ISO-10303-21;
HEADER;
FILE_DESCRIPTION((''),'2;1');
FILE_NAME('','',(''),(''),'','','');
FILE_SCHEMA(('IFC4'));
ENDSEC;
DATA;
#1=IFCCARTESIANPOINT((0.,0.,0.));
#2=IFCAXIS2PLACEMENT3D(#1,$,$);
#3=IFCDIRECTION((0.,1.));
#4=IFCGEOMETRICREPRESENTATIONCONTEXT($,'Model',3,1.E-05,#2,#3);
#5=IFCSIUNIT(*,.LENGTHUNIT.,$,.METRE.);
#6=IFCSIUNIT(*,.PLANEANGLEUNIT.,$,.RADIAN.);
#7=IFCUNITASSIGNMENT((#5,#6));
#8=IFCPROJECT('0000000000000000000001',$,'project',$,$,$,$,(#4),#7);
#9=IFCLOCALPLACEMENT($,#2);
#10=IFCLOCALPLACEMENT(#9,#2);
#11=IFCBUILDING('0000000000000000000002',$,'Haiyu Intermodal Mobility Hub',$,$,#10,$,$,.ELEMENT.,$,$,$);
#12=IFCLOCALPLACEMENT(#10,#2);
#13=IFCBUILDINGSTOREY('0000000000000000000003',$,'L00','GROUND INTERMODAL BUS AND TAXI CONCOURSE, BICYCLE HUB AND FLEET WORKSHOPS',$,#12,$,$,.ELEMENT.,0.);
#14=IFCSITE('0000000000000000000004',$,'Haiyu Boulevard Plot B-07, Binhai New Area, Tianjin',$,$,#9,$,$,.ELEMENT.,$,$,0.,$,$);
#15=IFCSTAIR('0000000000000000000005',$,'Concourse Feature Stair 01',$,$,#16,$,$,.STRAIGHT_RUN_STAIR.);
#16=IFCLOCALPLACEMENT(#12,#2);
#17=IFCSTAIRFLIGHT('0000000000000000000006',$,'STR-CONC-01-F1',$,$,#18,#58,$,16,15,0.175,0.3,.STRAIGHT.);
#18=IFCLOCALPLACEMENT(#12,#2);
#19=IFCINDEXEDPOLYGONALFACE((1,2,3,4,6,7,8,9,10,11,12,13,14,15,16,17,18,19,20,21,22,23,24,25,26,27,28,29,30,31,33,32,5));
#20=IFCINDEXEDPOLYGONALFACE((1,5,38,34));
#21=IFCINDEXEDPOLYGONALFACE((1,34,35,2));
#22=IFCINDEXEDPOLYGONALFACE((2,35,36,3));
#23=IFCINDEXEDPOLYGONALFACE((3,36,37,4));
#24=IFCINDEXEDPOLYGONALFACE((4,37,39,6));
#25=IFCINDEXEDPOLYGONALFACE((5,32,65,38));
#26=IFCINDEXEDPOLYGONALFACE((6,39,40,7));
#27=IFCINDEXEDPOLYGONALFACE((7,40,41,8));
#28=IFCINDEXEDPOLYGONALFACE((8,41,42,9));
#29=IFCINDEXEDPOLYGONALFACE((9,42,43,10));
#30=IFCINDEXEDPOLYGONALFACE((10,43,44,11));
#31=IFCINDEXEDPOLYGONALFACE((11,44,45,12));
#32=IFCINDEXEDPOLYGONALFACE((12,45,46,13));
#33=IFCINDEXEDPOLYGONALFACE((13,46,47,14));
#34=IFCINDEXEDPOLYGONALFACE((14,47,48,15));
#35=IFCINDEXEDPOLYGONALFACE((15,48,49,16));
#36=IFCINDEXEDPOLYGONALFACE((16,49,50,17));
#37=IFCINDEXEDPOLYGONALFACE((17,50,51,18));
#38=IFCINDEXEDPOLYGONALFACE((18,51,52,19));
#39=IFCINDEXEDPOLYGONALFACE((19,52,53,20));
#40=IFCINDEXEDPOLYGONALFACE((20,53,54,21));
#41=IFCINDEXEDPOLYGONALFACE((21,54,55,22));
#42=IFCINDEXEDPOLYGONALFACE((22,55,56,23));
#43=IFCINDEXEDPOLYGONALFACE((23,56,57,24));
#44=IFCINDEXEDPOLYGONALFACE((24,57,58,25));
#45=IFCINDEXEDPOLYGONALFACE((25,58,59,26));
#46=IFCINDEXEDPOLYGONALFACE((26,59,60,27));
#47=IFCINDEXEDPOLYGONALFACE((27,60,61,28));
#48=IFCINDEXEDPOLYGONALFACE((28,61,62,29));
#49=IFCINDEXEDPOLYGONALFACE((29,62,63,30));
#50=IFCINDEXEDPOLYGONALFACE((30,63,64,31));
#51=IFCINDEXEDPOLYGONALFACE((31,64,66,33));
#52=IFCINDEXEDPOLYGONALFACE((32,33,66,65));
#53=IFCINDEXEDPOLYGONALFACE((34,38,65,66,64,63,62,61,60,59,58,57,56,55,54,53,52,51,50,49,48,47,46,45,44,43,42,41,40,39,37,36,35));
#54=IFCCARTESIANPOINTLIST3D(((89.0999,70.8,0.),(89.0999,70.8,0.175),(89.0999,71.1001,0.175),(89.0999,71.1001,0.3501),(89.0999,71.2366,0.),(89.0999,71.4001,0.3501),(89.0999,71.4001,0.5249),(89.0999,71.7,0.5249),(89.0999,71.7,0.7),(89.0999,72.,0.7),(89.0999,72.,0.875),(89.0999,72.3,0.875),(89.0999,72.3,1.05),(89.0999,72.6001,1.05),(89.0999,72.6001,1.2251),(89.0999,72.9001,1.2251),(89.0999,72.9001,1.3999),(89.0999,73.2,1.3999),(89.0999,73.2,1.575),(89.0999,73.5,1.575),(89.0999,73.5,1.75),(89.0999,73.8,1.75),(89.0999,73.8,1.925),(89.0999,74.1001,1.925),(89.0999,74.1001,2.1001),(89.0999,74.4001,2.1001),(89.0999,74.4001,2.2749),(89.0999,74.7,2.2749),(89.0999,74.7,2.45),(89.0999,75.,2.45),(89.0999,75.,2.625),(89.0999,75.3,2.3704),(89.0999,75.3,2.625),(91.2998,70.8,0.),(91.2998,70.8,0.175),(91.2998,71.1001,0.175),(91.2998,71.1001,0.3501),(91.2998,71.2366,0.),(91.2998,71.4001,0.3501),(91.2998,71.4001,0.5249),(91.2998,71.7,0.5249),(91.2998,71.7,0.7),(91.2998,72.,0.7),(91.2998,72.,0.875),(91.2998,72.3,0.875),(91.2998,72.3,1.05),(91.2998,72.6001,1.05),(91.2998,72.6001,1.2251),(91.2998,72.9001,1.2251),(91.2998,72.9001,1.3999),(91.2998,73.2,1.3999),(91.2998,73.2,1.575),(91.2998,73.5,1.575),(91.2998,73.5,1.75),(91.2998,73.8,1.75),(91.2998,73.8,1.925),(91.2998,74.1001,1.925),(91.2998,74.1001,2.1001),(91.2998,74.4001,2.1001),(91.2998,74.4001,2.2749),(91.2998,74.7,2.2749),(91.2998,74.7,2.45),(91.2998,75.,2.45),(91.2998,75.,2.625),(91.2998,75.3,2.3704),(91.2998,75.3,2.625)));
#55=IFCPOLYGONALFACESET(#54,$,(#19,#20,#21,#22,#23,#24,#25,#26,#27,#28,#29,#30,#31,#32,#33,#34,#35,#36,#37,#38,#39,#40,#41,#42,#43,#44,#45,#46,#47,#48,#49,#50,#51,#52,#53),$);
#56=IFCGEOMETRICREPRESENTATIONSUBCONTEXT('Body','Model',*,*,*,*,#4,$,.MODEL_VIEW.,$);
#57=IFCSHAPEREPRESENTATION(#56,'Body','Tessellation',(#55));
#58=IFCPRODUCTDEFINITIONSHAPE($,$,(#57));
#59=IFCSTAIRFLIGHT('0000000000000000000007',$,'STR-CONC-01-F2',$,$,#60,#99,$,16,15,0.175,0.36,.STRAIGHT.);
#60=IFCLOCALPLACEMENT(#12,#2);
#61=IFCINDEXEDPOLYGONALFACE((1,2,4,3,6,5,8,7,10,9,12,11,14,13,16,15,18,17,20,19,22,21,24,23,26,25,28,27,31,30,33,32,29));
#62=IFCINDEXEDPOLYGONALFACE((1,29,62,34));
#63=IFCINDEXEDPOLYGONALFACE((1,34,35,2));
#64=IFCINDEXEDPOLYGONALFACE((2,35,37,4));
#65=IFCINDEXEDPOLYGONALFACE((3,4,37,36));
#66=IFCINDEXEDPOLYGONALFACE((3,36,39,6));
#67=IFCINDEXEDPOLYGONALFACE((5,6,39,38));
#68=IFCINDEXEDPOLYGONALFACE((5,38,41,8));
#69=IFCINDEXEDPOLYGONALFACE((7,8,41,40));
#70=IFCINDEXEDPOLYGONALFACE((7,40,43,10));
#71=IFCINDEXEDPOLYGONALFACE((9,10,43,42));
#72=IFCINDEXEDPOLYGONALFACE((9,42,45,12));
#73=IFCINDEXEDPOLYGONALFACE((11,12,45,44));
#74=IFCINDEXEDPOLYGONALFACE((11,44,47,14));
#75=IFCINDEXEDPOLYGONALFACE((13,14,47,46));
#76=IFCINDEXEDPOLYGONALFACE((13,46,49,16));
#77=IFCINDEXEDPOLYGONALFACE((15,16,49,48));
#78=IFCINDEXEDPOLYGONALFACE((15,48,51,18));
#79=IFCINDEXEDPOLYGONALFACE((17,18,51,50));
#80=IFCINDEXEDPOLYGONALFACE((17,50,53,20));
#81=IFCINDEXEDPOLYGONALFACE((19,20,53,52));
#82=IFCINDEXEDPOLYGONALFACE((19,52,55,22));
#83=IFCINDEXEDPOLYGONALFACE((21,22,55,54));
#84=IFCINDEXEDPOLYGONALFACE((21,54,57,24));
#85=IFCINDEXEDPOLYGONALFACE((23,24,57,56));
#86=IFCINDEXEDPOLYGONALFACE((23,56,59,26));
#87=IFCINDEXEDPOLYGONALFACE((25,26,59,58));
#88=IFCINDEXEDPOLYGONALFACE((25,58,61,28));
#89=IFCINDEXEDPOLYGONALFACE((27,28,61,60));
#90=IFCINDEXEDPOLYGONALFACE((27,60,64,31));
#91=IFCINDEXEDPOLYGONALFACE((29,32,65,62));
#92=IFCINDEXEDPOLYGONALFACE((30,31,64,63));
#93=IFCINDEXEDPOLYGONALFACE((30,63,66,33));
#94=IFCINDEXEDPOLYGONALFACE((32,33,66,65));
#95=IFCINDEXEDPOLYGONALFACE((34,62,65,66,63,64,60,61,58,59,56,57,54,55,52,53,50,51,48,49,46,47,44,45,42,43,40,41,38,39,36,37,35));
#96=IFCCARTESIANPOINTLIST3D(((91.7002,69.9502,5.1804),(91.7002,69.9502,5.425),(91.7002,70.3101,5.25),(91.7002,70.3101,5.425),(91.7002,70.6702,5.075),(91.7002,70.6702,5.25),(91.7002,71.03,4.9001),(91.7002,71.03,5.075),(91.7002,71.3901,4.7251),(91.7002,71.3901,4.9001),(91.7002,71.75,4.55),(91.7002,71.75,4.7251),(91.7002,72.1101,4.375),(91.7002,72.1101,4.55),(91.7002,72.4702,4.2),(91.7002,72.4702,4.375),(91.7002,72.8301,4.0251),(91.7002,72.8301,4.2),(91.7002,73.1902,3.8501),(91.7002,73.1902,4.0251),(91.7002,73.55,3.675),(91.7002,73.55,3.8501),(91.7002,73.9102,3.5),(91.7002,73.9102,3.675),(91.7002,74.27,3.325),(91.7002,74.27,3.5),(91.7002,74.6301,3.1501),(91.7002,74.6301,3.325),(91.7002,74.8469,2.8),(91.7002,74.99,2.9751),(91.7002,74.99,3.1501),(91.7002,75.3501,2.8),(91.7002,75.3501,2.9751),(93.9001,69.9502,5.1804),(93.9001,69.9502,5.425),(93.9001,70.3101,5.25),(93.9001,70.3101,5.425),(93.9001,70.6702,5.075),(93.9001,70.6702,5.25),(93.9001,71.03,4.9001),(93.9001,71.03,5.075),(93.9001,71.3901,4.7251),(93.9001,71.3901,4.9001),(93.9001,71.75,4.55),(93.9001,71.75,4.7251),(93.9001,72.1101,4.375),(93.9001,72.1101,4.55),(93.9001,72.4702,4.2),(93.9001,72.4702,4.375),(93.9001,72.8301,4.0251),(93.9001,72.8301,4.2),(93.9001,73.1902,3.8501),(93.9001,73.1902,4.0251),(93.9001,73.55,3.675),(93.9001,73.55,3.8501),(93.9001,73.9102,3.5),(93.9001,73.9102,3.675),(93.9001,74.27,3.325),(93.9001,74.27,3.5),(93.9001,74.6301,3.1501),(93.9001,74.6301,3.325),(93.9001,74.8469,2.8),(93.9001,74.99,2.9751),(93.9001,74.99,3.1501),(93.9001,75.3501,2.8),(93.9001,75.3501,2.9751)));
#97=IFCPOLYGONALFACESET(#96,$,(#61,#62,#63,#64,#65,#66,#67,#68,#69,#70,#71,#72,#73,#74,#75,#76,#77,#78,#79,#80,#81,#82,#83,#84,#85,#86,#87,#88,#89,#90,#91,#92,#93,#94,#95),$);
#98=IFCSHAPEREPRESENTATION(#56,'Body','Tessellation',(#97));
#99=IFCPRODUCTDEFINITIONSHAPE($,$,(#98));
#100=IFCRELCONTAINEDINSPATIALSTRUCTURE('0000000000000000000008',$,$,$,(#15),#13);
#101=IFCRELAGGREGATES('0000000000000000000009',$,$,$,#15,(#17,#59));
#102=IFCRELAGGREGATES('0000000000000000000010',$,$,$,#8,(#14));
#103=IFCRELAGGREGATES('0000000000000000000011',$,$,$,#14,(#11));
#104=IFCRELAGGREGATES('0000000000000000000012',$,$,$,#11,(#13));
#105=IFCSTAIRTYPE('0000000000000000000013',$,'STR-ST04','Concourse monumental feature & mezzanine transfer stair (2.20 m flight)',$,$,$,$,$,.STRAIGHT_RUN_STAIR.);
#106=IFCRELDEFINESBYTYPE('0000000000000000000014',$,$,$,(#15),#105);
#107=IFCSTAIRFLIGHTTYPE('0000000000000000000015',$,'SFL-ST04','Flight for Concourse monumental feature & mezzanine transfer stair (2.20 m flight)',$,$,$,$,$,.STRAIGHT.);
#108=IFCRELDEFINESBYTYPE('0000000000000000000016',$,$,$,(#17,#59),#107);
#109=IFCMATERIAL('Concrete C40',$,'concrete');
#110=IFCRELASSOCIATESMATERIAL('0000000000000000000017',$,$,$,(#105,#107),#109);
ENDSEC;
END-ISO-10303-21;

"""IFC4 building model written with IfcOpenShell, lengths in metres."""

from ifc_helpers import new_model, si_unit, direction, frame, origin, place, context, subcontext, project, spatial, polyline, outline, extrude, material, type_object, element, aggregate, save


model = new_model("IFC4")

# Units and contexts
model_context = context("Model", 3, precision=1e-05, world=origin(), true_north=direction((0.0, 1.0)))
body_context = subcontext(model_context, "Body", "Model", "MODEL_VIEW")
ifc_project = project(units=[si_unit("LENGTHUNIT", "METRE"), si_unit("PLANEANGLEUNIT", "RADIAN")], contexts=[model_context])

# Site, building, storey
site_placement = place(None, origin())
site = spatial("IfcSite", under=ifc_project, at=site_placement, Name="Haiyu Boulevard Plot B-07, Binhai New Area, Tianjin", CompositionType="ELEMENT", RefElevation=0.0)
building_placement = place(site_placement, origin())
building = spatial("IfcBuilding", under=site, at=building_placement, Name="Haiyu Intermodal Mobility Hub", CompositionType="ELEMENT")
storey_placement = place(building_placement, origin())
storey = spatial("IfcBuildingStorey", under=building, at=storey_placement, Name="L00", Description="GROUND INTERMODAL BUS AND TAXI CONCOURSE, BICYCLE HUB AND FLEET WORKSHOPS", CompositionType="ELEMENT", Elevation=0.0)

# Shared definitions
ifc_material_1 = material(Name="Concrete C40", Category="concrete")

# Stair, stair flights
stair_type = type_object("IfcStairType", Name="STR-ST04", Description="Concourse monumental feature & mezzanine transfer stair (2.20 m flight)", PredefinedType="STRAIGHT_RUN_STAIR", material=ifc_material_1)
stair_placement = place(storey_placement, origin())
stair = element("IfcStair", 1, at=stair_placement, inside=storey, type_object=stair_type, Name="Concourse Feature Stair 01", PredefinedType="STRAIGHT_RUN_STAIR")
stair_flight_type = type_object("IfcStairFlightType", Name="SFL-ST04", Description="Flight for Concourse monumental feature & mezzanine transfer stair (2.20 m flight)", PredefinedType="STRAIGHT", material=ifc_material_1)
stair_flight_1_placement = place(storey_placement, frame((90.2, 70.8, 0.0), z_axis=(0.0, 0.0, 1.0), x_axis=(0.0, 1.0, 0.0)))
stair_flight_1 = element("IfcStairFlight", 2, at=stair_flight_1_placement, type_object=stair_flight_type, Name="STR-CONC-01-F1", NumberOfRisers=16, NumberOfTreads=15, PredefinedType="STRAIGHT", RiserHeight=0.175, TreadLength=0.3, context=body_context, shape_type="SweptSolid", body=[
    extrude(outline(polyline([(0.0, 0.0), (0.0, 0.175), (0.3, 0.175), (0.3, 0.3501), (0.6001, 0.3501), (0.6001, 0.5249), (0.8999, 0.5249), (0.8999, 0.7), (1.2, 0.7), (1.2, 0.875), (1.5, 0.875), (1.5, 1.05), (1.8, 1.05), (1.8, 1.2251), (2.1001, 1.2251), (2.1001, 1.3999), (2.3999, 1.3999), (2.3999, 1.575), (2.7, 1.575), (2.7, 1.75), (3.0, 1.75), (3.0, 1.925), (3.3, 1.925), (3.3, 2.1001), (3.6001, 2.1001), (3.6001, 2.2749), (3.8999, 2.2749), (3.8999, 2.45), (4.2, 2.45), (4.2, 2.625), (4.5, 2.625), (4.5, 2.8), (4.5, 2.3704), (0.4365, 0.0), (0.0, 0.0)])), frame((0.0, 1.1001, 0.0), z_axis=(0.0, -1.0, 0.0), x_axis=(1.0, 0.0, 0.0)), (0.0, 0.0, 1.0), 2.2),
])
stair_flight_2_placement = place(storey_placement, frame((92.8, 75.3501, 2.8), z_axis=(0.0, 0.0, 1.0), x_axis=(0.0, -1.0, 0.0)))
stair_flight_2 = element("IfcStairFlight", 3, at=stair_flight_2_placement, type_object=stair_flight_type, Name="STR-CONC-01-F2", NumberOfRisers=16, NumberOfTreads=15, PredefinedType="STRAIGHT", RiserHeight=0.175, TreadLength=0.36, context=body_context, shape_type="SweptSolid", body=[
    extrude(outline(polyline([(0.0, 0.0), (0.0, 0.175), (0.3601, 0.175), (0.3601, 0.3501), (0.72, 0.3501), (0.72, 0.5249), (1.0801, 0.5249), (1.0801, 0.7), (1.4399, 0.7), (1.4399, 0.875), (1.8, 0.875), (1.8, 1.05), (2.1599, 1.05), (2.1599, 1.2251), (2.52, 1.2251), (2.52, 1.3999), (2.8799, 1.3999), (2.8799, 1.575), (3.24, 1.575), (3.24, 1.75), (3.6001, 1.75), (3.6001, 1.925), (3.96, 1.925), (3.96, 2.1001), (4.3201, 2.1001), (4.3201, 2.2749), (4.6799, 2.2749), (4.6799, 2.45), (5.04, 2.45), (5.04, 2.625), (5.3999, 2.625), (5.3999, 2.8), (5.3999, 2.3804), (0.5032, 0.0), (0.0, 0.0)])), frame((0.0, 1.1001, 0.0), z_axis=(0.0, -1.0, 0.0), x_axis=(1.0, 0.0, 0.0)), (0.0, 0.0, 1.0), 2.2),
])
aggregate(stair, [stair_flight_1, stair_flight_2])

save(model, "model.ifc")
